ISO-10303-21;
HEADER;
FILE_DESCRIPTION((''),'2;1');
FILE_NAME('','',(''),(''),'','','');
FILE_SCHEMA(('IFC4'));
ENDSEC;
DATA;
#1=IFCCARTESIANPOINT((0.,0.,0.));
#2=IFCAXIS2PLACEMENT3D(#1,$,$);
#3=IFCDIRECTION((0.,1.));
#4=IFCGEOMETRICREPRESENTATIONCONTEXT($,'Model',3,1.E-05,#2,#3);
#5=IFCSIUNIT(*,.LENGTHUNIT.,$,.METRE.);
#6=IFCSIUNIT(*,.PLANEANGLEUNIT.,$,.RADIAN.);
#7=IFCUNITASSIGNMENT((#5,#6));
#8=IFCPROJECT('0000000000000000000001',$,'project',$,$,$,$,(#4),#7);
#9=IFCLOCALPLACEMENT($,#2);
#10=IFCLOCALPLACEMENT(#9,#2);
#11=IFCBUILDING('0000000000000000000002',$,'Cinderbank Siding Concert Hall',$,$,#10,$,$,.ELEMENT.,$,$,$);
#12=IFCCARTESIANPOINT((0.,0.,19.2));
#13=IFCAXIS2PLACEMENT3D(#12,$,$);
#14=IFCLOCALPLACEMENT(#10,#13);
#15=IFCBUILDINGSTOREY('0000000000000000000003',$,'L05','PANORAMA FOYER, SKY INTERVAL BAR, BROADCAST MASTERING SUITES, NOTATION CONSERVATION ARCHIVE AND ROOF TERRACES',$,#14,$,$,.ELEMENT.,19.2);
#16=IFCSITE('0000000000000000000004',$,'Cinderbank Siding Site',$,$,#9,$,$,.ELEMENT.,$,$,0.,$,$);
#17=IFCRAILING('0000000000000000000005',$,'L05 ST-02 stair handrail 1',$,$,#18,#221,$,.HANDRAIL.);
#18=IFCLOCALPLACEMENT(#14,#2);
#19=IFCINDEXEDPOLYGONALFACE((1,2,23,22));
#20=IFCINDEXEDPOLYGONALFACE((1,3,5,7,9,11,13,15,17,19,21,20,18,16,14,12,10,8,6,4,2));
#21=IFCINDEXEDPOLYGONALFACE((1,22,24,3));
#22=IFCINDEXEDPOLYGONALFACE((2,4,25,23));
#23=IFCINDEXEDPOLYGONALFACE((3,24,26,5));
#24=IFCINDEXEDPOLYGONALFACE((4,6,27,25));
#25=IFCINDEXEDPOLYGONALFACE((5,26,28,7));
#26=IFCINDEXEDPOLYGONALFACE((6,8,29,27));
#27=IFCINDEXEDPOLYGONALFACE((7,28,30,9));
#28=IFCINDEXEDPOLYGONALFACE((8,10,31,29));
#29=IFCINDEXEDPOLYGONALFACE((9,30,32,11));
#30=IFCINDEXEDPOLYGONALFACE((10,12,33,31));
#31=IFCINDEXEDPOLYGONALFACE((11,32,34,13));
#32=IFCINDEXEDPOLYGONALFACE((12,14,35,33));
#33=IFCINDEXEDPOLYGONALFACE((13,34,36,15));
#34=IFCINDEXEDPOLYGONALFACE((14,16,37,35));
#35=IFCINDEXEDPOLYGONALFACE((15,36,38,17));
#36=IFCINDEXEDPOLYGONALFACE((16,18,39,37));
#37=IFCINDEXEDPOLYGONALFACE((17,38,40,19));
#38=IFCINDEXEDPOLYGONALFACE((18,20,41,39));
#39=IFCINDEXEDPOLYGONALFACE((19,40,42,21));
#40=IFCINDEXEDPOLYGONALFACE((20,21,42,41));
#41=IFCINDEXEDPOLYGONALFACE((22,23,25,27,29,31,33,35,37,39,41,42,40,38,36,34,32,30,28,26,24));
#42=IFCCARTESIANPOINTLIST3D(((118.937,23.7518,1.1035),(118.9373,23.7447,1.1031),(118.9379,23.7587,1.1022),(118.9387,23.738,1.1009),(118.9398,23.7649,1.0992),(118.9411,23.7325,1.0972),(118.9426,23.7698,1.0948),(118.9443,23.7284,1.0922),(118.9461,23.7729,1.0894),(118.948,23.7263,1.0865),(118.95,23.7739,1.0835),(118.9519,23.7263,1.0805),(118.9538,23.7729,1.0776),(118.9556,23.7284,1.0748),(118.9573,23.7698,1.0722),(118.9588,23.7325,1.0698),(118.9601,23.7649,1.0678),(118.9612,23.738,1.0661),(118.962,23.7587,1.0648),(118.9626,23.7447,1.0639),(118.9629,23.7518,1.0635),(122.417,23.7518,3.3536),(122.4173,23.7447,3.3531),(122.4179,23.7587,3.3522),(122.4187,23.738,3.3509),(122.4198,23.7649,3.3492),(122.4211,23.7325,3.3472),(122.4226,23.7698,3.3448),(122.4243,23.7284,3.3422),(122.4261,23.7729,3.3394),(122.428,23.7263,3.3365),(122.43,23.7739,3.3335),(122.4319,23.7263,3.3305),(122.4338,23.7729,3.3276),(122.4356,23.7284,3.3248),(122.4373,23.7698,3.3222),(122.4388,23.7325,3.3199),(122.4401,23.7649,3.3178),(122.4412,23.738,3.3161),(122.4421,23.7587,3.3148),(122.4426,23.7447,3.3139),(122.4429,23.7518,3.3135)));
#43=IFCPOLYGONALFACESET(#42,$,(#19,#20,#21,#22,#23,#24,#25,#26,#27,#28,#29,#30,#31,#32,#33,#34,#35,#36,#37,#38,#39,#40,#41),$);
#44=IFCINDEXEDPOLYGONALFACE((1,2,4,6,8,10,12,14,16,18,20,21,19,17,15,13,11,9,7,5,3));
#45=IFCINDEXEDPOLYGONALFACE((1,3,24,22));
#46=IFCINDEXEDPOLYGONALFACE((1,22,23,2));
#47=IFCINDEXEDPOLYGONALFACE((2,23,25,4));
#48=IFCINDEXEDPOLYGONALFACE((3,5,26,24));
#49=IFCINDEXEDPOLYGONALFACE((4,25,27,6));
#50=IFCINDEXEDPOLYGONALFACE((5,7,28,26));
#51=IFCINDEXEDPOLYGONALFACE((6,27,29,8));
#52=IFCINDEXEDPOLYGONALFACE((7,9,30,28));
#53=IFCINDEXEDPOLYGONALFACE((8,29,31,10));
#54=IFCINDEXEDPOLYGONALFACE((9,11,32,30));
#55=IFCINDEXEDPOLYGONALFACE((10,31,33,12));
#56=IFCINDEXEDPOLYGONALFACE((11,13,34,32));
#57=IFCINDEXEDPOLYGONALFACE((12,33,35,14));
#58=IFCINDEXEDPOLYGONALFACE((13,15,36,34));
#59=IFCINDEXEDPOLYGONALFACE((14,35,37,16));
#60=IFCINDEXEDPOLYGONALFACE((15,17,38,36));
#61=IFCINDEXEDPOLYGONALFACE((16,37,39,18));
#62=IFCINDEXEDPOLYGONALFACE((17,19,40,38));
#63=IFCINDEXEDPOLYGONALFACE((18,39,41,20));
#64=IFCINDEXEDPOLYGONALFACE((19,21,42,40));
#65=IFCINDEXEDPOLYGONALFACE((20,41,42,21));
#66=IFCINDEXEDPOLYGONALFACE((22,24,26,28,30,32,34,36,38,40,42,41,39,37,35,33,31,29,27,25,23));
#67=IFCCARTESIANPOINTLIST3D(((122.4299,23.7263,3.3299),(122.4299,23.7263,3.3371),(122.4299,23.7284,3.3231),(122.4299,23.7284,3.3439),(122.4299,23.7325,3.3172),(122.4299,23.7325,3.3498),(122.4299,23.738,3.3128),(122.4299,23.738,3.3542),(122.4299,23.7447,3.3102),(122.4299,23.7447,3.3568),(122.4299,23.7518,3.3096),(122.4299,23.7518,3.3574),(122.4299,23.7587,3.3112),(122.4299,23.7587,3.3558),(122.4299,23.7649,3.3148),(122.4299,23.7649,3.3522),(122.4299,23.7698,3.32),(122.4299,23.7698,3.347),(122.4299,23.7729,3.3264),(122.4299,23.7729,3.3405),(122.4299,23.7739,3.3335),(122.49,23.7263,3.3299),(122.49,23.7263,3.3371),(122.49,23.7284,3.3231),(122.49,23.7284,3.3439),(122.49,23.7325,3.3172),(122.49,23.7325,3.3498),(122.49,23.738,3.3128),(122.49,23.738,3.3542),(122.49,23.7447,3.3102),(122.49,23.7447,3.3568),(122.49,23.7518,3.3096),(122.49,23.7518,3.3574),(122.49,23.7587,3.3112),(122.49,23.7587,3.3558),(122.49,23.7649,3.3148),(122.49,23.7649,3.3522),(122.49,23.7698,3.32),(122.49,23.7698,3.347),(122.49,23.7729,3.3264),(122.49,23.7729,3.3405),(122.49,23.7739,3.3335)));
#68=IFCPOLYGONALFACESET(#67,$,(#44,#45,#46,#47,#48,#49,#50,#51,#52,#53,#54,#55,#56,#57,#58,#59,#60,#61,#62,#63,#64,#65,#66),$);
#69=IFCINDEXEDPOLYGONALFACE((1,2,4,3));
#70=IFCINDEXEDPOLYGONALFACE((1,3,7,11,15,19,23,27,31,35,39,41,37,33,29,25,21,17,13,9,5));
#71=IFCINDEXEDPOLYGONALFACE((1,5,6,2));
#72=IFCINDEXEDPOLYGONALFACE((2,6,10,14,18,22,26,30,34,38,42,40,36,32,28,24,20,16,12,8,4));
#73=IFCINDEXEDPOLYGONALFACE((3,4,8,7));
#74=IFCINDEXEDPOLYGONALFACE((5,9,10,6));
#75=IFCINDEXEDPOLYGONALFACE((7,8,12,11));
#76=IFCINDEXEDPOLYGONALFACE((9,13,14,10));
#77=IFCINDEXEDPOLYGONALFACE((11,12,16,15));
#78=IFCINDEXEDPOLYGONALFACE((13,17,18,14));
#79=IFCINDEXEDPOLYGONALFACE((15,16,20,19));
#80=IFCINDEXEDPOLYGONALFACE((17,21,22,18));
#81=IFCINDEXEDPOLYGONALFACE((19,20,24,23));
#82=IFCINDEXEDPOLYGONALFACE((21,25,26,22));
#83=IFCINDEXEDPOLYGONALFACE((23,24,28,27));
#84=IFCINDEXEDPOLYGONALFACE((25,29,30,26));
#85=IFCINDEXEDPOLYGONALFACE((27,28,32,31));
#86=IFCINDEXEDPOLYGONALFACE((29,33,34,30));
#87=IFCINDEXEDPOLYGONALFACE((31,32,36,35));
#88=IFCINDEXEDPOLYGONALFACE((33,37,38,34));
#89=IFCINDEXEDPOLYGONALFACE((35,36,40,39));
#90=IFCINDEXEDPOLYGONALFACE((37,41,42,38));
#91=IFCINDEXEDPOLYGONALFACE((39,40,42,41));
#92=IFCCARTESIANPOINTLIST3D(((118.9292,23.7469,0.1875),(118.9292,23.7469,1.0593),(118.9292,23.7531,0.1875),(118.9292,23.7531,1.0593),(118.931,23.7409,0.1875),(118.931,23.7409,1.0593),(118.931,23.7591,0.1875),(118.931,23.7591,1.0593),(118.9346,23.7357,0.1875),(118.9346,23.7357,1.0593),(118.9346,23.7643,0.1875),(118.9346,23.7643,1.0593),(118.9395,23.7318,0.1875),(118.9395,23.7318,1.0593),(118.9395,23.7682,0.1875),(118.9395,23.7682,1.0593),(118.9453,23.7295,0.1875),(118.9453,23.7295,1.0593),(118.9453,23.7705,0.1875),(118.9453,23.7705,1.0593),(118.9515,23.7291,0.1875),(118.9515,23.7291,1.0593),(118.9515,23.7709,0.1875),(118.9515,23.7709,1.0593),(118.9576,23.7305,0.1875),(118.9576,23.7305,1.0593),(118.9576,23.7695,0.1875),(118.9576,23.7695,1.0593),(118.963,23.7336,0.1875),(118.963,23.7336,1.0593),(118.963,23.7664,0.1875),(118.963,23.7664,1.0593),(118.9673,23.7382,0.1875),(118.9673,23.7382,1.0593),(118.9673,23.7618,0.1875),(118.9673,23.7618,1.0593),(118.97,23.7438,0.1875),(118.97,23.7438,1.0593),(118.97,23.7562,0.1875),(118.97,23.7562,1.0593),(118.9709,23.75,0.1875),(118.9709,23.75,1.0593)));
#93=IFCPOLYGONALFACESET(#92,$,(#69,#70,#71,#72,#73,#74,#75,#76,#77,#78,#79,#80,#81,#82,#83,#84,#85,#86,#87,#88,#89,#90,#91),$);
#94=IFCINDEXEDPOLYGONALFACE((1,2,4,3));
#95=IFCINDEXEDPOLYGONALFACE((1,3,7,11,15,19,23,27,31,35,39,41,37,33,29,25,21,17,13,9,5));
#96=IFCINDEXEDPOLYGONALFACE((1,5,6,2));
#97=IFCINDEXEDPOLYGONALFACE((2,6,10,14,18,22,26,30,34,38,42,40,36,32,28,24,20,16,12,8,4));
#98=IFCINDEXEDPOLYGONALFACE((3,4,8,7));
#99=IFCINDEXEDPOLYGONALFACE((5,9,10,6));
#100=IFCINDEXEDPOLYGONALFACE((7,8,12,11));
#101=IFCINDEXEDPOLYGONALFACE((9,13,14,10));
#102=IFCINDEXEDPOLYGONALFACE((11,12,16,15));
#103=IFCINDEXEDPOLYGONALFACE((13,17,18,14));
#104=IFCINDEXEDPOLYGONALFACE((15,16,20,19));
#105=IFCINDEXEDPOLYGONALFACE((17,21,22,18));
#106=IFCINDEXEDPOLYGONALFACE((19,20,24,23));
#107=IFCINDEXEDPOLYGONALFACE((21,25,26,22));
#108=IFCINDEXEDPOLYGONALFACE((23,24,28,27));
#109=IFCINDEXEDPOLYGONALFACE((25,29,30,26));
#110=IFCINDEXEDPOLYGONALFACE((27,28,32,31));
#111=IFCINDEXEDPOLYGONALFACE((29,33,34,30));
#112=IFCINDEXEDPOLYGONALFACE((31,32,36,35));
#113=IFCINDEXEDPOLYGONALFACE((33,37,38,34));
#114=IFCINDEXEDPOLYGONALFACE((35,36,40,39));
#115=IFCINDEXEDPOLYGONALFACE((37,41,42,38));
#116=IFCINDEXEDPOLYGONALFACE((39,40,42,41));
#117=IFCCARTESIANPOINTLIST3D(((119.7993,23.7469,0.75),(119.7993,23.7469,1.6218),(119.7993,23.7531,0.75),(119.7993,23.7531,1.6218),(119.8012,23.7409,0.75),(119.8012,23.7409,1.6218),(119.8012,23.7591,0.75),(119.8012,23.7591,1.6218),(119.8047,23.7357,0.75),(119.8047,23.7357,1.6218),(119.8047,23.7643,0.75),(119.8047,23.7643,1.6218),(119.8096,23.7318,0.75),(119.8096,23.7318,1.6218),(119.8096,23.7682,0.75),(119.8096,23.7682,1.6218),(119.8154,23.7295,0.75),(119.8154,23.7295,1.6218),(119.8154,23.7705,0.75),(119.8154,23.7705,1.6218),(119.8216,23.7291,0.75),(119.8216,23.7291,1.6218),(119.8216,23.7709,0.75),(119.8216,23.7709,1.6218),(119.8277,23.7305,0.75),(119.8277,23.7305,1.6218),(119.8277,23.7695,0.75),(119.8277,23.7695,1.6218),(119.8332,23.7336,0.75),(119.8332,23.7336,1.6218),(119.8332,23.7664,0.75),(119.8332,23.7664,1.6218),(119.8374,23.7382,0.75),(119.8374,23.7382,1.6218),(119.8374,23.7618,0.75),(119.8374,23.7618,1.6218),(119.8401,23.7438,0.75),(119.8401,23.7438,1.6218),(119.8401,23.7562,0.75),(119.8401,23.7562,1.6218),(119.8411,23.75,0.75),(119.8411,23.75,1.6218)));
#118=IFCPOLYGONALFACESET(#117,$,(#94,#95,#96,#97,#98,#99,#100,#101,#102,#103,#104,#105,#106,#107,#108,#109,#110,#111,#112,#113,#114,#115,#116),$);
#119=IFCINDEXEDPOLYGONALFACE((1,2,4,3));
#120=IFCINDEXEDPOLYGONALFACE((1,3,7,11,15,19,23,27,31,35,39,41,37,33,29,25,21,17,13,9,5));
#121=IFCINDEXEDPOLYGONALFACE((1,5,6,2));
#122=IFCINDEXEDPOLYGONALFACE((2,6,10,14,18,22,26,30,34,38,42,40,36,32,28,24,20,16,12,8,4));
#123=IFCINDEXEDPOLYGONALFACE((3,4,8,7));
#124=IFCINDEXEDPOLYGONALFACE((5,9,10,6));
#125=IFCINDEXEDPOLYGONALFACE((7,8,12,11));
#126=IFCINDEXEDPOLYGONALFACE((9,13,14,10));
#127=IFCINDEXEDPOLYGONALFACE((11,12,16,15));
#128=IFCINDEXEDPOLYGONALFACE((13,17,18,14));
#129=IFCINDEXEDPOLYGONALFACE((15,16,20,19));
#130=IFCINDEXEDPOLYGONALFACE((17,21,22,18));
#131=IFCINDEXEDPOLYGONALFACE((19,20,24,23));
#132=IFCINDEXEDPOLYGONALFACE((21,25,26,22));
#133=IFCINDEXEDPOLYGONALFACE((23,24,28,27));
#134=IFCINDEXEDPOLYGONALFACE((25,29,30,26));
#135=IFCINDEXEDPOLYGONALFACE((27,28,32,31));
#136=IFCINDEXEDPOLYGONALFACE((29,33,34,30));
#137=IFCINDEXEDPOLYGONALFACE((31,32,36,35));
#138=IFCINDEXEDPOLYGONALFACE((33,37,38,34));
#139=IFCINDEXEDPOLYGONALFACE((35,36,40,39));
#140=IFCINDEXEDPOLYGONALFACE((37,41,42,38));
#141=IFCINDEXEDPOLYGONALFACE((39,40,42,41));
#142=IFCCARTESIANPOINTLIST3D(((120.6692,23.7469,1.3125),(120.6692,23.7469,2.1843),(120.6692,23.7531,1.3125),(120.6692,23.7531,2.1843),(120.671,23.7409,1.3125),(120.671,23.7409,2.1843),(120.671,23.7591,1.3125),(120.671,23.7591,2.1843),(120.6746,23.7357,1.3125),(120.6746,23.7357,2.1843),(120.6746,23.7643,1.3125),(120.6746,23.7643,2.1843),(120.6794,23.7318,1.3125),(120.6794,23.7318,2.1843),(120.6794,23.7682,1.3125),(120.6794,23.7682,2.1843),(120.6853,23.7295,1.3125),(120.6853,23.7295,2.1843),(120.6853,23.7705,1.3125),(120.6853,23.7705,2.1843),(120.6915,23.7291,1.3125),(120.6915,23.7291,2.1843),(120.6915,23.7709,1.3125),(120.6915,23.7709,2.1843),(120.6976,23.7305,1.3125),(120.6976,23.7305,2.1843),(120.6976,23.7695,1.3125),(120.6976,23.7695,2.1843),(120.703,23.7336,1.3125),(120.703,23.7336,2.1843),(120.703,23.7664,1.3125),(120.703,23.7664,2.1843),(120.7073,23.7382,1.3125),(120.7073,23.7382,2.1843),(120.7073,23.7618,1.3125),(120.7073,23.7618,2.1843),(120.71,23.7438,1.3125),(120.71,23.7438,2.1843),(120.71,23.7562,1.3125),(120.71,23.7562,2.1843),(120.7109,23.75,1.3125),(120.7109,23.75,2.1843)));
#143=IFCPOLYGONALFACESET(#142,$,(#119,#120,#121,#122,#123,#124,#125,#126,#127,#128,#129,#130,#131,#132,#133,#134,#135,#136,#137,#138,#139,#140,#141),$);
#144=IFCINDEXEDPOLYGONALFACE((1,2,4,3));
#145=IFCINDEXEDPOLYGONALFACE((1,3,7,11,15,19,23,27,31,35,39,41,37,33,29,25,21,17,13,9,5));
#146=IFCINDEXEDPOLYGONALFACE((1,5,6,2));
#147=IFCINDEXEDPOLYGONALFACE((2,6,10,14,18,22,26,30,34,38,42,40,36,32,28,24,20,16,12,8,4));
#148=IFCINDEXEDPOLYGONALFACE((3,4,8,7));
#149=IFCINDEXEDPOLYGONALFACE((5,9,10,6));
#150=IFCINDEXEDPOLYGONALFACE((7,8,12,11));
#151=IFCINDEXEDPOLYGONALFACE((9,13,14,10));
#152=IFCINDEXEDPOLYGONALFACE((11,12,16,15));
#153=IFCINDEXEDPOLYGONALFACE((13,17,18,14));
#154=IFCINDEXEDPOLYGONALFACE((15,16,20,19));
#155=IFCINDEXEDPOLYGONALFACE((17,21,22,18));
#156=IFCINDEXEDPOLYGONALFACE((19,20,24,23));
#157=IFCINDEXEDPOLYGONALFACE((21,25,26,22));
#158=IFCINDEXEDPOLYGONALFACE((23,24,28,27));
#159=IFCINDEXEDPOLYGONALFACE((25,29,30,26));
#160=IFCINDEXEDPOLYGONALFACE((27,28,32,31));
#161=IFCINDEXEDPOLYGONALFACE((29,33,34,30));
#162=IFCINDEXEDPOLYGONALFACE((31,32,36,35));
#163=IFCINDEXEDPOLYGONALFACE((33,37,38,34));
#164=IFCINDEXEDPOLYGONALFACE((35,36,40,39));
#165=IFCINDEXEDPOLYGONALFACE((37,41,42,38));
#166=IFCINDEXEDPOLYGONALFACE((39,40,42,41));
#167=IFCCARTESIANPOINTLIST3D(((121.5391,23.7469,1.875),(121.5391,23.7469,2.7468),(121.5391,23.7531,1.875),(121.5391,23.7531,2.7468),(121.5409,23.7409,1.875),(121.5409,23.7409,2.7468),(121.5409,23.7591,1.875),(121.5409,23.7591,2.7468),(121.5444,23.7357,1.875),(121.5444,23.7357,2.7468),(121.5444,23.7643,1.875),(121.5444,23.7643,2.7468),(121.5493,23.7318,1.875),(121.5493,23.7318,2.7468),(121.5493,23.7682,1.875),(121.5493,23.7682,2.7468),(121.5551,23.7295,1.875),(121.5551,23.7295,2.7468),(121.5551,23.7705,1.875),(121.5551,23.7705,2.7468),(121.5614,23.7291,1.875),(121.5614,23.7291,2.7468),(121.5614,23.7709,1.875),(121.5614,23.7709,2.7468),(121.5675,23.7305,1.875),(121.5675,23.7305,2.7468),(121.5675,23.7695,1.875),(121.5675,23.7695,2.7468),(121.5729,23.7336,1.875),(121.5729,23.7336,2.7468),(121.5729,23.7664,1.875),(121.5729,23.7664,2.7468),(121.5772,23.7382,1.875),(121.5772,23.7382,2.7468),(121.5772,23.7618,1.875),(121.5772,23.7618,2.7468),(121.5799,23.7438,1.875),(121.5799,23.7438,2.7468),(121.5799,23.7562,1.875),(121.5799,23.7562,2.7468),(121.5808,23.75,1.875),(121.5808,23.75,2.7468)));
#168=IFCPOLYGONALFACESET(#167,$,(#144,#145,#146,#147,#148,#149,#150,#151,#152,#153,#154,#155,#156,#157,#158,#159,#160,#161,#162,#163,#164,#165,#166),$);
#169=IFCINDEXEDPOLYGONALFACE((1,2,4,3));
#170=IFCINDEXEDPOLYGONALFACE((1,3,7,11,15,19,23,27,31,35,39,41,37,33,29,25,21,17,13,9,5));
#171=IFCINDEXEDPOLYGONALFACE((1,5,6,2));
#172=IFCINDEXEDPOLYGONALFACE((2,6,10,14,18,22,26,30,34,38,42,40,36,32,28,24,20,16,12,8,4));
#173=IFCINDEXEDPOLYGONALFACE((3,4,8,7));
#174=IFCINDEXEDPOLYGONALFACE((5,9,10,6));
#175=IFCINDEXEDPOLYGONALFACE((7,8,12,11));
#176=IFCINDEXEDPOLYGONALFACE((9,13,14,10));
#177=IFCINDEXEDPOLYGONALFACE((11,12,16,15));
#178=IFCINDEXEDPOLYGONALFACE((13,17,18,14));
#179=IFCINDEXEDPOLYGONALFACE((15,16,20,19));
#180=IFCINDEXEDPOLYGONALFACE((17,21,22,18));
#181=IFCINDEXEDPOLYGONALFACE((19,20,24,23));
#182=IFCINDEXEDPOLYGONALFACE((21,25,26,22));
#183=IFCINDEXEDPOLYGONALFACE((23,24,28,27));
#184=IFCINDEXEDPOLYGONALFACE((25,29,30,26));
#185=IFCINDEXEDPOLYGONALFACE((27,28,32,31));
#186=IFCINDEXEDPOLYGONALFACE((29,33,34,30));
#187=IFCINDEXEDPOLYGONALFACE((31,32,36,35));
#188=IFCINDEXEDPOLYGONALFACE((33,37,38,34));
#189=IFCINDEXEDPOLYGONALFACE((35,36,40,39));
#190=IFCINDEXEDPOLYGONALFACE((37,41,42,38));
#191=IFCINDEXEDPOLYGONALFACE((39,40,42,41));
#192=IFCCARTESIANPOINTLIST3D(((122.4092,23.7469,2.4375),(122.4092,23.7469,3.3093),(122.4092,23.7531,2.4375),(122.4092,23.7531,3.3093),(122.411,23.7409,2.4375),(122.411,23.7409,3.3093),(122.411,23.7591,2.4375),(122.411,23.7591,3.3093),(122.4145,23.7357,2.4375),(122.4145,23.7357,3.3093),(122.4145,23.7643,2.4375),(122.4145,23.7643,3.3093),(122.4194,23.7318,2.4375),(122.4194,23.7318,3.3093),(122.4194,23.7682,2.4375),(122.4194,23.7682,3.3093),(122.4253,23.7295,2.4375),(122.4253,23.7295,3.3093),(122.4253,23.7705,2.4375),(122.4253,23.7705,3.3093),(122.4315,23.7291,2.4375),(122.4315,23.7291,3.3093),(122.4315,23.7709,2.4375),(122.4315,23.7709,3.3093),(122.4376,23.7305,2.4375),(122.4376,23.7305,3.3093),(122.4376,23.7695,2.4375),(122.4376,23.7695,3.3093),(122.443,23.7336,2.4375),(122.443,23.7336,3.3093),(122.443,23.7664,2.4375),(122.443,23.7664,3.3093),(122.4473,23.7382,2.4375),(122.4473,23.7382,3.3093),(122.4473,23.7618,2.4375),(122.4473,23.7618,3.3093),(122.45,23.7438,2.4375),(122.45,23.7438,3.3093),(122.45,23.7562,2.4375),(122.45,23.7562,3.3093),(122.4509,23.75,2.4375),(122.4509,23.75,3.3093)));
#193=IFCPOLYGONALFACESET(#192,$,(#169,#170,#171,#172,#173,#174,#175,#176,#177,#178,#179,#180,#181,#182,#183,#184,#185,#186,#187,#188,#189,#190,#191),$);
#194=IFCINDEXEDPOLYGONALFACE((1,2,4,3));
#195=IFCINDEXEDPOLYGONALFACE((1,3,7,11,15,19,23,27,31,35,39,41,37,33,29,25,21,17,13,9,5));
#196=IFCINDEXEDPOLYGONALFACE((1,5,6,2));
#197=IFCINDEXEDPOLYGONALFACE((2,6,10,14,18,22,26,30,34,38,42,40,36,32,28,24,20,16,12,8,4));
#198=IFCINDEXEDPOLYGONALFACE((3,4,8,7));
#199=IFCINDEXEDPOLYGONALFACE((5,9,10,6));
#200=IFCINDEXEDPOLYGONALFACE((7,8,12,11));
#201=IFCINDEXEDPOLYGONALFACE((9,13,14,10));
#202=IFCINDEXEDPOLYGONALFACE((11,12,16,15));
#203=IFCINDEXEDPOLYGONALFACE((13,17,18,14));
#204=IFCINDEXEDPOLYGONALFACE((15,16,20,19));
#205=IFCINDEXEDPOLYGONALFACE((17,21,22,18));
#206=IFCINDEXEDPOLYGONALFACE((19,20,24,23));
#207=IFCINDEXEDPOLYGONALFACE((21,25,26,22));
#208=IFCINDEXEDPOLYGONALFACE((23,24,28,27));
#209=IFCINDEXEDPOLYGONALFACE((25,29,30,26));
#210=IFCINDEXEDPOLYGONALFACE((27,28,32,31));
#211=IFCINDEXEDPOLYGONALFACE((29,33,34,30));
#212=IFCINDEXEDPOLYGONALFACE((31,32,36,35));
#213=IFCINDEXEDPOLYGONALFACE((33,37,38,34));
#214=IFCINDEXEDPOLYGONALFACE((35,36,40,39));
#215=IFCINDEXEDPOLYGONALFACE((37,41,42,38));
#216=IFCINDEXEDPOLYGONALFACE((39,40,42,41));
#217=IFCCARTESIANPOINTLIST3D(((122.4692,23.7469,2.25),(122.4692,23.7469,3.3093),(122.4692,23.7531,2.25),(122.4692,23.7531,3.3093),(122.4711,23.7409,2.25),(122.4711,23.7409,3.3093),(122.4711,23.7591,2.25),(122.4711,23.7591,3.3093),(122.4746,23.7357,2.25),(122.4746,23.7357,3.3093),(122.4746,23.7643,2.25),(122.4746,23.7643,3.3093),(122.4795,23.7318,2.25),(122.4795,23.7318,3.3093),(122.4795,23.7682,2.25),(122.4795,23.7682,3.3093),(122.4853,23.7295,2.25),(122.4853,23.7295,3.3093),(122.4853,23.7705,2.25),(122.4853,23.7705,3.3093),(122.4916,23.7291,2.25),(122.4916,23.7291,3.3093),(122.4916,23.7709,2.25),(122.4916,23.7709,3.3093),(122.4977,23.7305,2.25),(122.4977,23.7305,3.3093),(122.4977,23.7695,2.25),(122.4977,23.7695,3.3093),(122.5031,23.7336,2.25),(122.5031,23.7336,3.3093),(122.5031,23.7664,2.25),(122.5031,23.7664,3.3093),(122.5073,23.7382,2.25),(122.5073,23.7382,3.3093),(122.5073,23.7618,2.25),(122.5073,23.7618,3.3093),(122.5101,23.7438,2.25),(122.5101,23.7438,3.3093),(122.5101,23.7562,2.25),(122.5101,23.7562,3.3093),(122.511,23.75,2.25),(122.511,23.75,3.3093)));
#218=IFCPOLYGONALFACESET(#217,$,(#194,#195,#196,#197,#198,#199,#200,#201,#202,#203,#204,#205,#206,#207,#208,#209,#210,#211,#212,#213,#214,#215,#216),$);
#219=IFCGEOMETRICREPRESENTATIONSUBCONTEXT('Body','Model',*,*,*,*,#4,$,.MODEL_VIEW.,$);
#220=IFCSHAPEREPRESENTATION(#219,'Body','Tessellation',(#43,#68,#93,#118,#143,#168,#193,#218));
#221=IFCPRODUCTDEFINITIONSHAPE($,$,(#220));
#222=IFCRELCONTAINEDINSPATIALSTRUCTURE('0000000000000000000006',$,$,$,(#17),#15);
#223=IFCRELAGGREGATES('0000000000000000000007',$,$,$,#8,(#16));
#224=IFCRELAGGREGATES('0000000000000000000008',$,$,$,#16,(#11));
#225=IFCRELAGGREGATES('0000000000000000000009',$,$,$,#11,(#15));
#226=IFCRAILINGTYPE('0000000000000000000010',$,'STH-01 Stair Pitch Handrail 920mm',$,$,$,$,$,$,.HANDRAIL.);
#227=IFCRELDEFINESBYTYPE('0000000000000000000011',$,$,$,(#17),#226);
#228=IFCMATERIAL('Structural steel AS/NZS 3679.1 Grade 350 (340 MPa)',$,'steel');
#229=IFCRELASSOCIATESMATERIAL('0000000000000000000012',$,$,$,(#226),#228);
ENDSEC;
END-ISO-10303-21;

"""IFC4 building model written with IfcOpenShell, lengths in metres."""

from ifc_helpers import new_model, si_unit, direction, frame, origin, origin_2d, place, context, subcontext, project, spatial, circle, extrude, material, type_object, element, save


model = new_model("IFC4")

# Units and contexts
model_context = context("Model", 3, precision=1e-05, world=origin(), true_north=direction((0.0, 1.0)))
body_context = subcontext(model_context, "Body", "Model", "MODEL_VIEW")
ifc_project = project(units=[si_unit("LENGTHUNIT", "METRE"), si_unit("PLANEANGLEUNIT", "RADIAN")], contexts=[model_context])

# Site, building, storey
site_placement = place(None, origin())
site = spatial("IfcSite", under=ifc_project, at=site_placement, Name="Cinderbank Siding Site", CompositionType="ELEMENT", RefElevation=0.0)
building_placement = place(site_placement, origin())
building = spatial("IfcBuilding", under=site, at=building_placement, Name="Cinderbank Siding Concert Hall", CompositionType="ELEMENT")
storey_placement = place(building_placement, frame((0.0, 0.0, 19.2)))
storey = spatial("IfcBuildingStorey", under=building, at=storey_placement, Name="L05", Description="PANORAMA FOYER, SKY INTERVAL BAR, BROADCAST MASTERING SUITES, NOTATION CONSERVATION ARCHIVE AND ROOF TERRACES", CompositionType="ELEMENT", Elevation=19.2)

# Railing
ifc_material_1 = material(Name="Structural steel AS/NZS 3679.1 Grade 350 (340 MPa)", Category="steel")
railing_type_1 = type_object("IfcRailingType", Name="STH-01 Stair Pitch Handrail 920mm", PredefinedType="HANDRAIL", material=ifc_material_1)
railing_1_placement = place(storey_placement, frame((118.95, 23.75, 0.1875)))
element("IfcRailing", 1, at=railing_1_placement, inside=storey, type_object=railing_type_1, Name="L05 ST-02 stair handrail 1", PredefinedType="HANDRAIL", context=body_context, shape_type="SweptSolid", body=[
    extrude(circle(Radius=0.0239, at=origin_2d()), frame((0.0, 0.0, 0.896), z_axis=(0.839763, 0.0, 0.542953), x_axis=(0.0, 1.0, 0.0)), (0.0, 0.0, 1.0), 4.144),
    extrude(circle(Radius=0.0239, at=origin_2d()), frame((3.48, 0.0, 3.146), z_axis=(1.0, 0.0, 0.0), x_axis=(0.0, 1.0, 0.0)), (0.0, 0.0, 1.0), 0.0601),
    extrude(circle(Radius=0.021, at=origin_2d()), origin(), (0.0, 0.0, 1.0), 0.8718),
    extrude(circle(Radius=0.021, at=origin_2d()), frame((0.8701, 0.0, 0.5625)), (0.0, 0.0, 1.0), 0.8718),
    extrude(circle(Radius=0.021, at=origin_2d()), frame((1.74, 0.0, 1.125)), (0.0, 0.0, 1.0), 0.8718),
    extrude(circle(Radius=0.021, at=origin_2d()), frame((2.6099, 0.0, 1.6875)), (0.0, 0.0, 1.0), 0.8718),
    extrude(circle(Radius=0.021, at=origin_2d()), frame((3.48, 0.0, 2.25)), (0.0, 0.0, 1.0), 0.8718),
    extrude(circle(Radius=0.021, at=origin_2d()), frame((3.54, 0.0, 2.0625)), (0.0, 0.0, 1.0), 1.0593),
])

save(model, "model.ifc")
